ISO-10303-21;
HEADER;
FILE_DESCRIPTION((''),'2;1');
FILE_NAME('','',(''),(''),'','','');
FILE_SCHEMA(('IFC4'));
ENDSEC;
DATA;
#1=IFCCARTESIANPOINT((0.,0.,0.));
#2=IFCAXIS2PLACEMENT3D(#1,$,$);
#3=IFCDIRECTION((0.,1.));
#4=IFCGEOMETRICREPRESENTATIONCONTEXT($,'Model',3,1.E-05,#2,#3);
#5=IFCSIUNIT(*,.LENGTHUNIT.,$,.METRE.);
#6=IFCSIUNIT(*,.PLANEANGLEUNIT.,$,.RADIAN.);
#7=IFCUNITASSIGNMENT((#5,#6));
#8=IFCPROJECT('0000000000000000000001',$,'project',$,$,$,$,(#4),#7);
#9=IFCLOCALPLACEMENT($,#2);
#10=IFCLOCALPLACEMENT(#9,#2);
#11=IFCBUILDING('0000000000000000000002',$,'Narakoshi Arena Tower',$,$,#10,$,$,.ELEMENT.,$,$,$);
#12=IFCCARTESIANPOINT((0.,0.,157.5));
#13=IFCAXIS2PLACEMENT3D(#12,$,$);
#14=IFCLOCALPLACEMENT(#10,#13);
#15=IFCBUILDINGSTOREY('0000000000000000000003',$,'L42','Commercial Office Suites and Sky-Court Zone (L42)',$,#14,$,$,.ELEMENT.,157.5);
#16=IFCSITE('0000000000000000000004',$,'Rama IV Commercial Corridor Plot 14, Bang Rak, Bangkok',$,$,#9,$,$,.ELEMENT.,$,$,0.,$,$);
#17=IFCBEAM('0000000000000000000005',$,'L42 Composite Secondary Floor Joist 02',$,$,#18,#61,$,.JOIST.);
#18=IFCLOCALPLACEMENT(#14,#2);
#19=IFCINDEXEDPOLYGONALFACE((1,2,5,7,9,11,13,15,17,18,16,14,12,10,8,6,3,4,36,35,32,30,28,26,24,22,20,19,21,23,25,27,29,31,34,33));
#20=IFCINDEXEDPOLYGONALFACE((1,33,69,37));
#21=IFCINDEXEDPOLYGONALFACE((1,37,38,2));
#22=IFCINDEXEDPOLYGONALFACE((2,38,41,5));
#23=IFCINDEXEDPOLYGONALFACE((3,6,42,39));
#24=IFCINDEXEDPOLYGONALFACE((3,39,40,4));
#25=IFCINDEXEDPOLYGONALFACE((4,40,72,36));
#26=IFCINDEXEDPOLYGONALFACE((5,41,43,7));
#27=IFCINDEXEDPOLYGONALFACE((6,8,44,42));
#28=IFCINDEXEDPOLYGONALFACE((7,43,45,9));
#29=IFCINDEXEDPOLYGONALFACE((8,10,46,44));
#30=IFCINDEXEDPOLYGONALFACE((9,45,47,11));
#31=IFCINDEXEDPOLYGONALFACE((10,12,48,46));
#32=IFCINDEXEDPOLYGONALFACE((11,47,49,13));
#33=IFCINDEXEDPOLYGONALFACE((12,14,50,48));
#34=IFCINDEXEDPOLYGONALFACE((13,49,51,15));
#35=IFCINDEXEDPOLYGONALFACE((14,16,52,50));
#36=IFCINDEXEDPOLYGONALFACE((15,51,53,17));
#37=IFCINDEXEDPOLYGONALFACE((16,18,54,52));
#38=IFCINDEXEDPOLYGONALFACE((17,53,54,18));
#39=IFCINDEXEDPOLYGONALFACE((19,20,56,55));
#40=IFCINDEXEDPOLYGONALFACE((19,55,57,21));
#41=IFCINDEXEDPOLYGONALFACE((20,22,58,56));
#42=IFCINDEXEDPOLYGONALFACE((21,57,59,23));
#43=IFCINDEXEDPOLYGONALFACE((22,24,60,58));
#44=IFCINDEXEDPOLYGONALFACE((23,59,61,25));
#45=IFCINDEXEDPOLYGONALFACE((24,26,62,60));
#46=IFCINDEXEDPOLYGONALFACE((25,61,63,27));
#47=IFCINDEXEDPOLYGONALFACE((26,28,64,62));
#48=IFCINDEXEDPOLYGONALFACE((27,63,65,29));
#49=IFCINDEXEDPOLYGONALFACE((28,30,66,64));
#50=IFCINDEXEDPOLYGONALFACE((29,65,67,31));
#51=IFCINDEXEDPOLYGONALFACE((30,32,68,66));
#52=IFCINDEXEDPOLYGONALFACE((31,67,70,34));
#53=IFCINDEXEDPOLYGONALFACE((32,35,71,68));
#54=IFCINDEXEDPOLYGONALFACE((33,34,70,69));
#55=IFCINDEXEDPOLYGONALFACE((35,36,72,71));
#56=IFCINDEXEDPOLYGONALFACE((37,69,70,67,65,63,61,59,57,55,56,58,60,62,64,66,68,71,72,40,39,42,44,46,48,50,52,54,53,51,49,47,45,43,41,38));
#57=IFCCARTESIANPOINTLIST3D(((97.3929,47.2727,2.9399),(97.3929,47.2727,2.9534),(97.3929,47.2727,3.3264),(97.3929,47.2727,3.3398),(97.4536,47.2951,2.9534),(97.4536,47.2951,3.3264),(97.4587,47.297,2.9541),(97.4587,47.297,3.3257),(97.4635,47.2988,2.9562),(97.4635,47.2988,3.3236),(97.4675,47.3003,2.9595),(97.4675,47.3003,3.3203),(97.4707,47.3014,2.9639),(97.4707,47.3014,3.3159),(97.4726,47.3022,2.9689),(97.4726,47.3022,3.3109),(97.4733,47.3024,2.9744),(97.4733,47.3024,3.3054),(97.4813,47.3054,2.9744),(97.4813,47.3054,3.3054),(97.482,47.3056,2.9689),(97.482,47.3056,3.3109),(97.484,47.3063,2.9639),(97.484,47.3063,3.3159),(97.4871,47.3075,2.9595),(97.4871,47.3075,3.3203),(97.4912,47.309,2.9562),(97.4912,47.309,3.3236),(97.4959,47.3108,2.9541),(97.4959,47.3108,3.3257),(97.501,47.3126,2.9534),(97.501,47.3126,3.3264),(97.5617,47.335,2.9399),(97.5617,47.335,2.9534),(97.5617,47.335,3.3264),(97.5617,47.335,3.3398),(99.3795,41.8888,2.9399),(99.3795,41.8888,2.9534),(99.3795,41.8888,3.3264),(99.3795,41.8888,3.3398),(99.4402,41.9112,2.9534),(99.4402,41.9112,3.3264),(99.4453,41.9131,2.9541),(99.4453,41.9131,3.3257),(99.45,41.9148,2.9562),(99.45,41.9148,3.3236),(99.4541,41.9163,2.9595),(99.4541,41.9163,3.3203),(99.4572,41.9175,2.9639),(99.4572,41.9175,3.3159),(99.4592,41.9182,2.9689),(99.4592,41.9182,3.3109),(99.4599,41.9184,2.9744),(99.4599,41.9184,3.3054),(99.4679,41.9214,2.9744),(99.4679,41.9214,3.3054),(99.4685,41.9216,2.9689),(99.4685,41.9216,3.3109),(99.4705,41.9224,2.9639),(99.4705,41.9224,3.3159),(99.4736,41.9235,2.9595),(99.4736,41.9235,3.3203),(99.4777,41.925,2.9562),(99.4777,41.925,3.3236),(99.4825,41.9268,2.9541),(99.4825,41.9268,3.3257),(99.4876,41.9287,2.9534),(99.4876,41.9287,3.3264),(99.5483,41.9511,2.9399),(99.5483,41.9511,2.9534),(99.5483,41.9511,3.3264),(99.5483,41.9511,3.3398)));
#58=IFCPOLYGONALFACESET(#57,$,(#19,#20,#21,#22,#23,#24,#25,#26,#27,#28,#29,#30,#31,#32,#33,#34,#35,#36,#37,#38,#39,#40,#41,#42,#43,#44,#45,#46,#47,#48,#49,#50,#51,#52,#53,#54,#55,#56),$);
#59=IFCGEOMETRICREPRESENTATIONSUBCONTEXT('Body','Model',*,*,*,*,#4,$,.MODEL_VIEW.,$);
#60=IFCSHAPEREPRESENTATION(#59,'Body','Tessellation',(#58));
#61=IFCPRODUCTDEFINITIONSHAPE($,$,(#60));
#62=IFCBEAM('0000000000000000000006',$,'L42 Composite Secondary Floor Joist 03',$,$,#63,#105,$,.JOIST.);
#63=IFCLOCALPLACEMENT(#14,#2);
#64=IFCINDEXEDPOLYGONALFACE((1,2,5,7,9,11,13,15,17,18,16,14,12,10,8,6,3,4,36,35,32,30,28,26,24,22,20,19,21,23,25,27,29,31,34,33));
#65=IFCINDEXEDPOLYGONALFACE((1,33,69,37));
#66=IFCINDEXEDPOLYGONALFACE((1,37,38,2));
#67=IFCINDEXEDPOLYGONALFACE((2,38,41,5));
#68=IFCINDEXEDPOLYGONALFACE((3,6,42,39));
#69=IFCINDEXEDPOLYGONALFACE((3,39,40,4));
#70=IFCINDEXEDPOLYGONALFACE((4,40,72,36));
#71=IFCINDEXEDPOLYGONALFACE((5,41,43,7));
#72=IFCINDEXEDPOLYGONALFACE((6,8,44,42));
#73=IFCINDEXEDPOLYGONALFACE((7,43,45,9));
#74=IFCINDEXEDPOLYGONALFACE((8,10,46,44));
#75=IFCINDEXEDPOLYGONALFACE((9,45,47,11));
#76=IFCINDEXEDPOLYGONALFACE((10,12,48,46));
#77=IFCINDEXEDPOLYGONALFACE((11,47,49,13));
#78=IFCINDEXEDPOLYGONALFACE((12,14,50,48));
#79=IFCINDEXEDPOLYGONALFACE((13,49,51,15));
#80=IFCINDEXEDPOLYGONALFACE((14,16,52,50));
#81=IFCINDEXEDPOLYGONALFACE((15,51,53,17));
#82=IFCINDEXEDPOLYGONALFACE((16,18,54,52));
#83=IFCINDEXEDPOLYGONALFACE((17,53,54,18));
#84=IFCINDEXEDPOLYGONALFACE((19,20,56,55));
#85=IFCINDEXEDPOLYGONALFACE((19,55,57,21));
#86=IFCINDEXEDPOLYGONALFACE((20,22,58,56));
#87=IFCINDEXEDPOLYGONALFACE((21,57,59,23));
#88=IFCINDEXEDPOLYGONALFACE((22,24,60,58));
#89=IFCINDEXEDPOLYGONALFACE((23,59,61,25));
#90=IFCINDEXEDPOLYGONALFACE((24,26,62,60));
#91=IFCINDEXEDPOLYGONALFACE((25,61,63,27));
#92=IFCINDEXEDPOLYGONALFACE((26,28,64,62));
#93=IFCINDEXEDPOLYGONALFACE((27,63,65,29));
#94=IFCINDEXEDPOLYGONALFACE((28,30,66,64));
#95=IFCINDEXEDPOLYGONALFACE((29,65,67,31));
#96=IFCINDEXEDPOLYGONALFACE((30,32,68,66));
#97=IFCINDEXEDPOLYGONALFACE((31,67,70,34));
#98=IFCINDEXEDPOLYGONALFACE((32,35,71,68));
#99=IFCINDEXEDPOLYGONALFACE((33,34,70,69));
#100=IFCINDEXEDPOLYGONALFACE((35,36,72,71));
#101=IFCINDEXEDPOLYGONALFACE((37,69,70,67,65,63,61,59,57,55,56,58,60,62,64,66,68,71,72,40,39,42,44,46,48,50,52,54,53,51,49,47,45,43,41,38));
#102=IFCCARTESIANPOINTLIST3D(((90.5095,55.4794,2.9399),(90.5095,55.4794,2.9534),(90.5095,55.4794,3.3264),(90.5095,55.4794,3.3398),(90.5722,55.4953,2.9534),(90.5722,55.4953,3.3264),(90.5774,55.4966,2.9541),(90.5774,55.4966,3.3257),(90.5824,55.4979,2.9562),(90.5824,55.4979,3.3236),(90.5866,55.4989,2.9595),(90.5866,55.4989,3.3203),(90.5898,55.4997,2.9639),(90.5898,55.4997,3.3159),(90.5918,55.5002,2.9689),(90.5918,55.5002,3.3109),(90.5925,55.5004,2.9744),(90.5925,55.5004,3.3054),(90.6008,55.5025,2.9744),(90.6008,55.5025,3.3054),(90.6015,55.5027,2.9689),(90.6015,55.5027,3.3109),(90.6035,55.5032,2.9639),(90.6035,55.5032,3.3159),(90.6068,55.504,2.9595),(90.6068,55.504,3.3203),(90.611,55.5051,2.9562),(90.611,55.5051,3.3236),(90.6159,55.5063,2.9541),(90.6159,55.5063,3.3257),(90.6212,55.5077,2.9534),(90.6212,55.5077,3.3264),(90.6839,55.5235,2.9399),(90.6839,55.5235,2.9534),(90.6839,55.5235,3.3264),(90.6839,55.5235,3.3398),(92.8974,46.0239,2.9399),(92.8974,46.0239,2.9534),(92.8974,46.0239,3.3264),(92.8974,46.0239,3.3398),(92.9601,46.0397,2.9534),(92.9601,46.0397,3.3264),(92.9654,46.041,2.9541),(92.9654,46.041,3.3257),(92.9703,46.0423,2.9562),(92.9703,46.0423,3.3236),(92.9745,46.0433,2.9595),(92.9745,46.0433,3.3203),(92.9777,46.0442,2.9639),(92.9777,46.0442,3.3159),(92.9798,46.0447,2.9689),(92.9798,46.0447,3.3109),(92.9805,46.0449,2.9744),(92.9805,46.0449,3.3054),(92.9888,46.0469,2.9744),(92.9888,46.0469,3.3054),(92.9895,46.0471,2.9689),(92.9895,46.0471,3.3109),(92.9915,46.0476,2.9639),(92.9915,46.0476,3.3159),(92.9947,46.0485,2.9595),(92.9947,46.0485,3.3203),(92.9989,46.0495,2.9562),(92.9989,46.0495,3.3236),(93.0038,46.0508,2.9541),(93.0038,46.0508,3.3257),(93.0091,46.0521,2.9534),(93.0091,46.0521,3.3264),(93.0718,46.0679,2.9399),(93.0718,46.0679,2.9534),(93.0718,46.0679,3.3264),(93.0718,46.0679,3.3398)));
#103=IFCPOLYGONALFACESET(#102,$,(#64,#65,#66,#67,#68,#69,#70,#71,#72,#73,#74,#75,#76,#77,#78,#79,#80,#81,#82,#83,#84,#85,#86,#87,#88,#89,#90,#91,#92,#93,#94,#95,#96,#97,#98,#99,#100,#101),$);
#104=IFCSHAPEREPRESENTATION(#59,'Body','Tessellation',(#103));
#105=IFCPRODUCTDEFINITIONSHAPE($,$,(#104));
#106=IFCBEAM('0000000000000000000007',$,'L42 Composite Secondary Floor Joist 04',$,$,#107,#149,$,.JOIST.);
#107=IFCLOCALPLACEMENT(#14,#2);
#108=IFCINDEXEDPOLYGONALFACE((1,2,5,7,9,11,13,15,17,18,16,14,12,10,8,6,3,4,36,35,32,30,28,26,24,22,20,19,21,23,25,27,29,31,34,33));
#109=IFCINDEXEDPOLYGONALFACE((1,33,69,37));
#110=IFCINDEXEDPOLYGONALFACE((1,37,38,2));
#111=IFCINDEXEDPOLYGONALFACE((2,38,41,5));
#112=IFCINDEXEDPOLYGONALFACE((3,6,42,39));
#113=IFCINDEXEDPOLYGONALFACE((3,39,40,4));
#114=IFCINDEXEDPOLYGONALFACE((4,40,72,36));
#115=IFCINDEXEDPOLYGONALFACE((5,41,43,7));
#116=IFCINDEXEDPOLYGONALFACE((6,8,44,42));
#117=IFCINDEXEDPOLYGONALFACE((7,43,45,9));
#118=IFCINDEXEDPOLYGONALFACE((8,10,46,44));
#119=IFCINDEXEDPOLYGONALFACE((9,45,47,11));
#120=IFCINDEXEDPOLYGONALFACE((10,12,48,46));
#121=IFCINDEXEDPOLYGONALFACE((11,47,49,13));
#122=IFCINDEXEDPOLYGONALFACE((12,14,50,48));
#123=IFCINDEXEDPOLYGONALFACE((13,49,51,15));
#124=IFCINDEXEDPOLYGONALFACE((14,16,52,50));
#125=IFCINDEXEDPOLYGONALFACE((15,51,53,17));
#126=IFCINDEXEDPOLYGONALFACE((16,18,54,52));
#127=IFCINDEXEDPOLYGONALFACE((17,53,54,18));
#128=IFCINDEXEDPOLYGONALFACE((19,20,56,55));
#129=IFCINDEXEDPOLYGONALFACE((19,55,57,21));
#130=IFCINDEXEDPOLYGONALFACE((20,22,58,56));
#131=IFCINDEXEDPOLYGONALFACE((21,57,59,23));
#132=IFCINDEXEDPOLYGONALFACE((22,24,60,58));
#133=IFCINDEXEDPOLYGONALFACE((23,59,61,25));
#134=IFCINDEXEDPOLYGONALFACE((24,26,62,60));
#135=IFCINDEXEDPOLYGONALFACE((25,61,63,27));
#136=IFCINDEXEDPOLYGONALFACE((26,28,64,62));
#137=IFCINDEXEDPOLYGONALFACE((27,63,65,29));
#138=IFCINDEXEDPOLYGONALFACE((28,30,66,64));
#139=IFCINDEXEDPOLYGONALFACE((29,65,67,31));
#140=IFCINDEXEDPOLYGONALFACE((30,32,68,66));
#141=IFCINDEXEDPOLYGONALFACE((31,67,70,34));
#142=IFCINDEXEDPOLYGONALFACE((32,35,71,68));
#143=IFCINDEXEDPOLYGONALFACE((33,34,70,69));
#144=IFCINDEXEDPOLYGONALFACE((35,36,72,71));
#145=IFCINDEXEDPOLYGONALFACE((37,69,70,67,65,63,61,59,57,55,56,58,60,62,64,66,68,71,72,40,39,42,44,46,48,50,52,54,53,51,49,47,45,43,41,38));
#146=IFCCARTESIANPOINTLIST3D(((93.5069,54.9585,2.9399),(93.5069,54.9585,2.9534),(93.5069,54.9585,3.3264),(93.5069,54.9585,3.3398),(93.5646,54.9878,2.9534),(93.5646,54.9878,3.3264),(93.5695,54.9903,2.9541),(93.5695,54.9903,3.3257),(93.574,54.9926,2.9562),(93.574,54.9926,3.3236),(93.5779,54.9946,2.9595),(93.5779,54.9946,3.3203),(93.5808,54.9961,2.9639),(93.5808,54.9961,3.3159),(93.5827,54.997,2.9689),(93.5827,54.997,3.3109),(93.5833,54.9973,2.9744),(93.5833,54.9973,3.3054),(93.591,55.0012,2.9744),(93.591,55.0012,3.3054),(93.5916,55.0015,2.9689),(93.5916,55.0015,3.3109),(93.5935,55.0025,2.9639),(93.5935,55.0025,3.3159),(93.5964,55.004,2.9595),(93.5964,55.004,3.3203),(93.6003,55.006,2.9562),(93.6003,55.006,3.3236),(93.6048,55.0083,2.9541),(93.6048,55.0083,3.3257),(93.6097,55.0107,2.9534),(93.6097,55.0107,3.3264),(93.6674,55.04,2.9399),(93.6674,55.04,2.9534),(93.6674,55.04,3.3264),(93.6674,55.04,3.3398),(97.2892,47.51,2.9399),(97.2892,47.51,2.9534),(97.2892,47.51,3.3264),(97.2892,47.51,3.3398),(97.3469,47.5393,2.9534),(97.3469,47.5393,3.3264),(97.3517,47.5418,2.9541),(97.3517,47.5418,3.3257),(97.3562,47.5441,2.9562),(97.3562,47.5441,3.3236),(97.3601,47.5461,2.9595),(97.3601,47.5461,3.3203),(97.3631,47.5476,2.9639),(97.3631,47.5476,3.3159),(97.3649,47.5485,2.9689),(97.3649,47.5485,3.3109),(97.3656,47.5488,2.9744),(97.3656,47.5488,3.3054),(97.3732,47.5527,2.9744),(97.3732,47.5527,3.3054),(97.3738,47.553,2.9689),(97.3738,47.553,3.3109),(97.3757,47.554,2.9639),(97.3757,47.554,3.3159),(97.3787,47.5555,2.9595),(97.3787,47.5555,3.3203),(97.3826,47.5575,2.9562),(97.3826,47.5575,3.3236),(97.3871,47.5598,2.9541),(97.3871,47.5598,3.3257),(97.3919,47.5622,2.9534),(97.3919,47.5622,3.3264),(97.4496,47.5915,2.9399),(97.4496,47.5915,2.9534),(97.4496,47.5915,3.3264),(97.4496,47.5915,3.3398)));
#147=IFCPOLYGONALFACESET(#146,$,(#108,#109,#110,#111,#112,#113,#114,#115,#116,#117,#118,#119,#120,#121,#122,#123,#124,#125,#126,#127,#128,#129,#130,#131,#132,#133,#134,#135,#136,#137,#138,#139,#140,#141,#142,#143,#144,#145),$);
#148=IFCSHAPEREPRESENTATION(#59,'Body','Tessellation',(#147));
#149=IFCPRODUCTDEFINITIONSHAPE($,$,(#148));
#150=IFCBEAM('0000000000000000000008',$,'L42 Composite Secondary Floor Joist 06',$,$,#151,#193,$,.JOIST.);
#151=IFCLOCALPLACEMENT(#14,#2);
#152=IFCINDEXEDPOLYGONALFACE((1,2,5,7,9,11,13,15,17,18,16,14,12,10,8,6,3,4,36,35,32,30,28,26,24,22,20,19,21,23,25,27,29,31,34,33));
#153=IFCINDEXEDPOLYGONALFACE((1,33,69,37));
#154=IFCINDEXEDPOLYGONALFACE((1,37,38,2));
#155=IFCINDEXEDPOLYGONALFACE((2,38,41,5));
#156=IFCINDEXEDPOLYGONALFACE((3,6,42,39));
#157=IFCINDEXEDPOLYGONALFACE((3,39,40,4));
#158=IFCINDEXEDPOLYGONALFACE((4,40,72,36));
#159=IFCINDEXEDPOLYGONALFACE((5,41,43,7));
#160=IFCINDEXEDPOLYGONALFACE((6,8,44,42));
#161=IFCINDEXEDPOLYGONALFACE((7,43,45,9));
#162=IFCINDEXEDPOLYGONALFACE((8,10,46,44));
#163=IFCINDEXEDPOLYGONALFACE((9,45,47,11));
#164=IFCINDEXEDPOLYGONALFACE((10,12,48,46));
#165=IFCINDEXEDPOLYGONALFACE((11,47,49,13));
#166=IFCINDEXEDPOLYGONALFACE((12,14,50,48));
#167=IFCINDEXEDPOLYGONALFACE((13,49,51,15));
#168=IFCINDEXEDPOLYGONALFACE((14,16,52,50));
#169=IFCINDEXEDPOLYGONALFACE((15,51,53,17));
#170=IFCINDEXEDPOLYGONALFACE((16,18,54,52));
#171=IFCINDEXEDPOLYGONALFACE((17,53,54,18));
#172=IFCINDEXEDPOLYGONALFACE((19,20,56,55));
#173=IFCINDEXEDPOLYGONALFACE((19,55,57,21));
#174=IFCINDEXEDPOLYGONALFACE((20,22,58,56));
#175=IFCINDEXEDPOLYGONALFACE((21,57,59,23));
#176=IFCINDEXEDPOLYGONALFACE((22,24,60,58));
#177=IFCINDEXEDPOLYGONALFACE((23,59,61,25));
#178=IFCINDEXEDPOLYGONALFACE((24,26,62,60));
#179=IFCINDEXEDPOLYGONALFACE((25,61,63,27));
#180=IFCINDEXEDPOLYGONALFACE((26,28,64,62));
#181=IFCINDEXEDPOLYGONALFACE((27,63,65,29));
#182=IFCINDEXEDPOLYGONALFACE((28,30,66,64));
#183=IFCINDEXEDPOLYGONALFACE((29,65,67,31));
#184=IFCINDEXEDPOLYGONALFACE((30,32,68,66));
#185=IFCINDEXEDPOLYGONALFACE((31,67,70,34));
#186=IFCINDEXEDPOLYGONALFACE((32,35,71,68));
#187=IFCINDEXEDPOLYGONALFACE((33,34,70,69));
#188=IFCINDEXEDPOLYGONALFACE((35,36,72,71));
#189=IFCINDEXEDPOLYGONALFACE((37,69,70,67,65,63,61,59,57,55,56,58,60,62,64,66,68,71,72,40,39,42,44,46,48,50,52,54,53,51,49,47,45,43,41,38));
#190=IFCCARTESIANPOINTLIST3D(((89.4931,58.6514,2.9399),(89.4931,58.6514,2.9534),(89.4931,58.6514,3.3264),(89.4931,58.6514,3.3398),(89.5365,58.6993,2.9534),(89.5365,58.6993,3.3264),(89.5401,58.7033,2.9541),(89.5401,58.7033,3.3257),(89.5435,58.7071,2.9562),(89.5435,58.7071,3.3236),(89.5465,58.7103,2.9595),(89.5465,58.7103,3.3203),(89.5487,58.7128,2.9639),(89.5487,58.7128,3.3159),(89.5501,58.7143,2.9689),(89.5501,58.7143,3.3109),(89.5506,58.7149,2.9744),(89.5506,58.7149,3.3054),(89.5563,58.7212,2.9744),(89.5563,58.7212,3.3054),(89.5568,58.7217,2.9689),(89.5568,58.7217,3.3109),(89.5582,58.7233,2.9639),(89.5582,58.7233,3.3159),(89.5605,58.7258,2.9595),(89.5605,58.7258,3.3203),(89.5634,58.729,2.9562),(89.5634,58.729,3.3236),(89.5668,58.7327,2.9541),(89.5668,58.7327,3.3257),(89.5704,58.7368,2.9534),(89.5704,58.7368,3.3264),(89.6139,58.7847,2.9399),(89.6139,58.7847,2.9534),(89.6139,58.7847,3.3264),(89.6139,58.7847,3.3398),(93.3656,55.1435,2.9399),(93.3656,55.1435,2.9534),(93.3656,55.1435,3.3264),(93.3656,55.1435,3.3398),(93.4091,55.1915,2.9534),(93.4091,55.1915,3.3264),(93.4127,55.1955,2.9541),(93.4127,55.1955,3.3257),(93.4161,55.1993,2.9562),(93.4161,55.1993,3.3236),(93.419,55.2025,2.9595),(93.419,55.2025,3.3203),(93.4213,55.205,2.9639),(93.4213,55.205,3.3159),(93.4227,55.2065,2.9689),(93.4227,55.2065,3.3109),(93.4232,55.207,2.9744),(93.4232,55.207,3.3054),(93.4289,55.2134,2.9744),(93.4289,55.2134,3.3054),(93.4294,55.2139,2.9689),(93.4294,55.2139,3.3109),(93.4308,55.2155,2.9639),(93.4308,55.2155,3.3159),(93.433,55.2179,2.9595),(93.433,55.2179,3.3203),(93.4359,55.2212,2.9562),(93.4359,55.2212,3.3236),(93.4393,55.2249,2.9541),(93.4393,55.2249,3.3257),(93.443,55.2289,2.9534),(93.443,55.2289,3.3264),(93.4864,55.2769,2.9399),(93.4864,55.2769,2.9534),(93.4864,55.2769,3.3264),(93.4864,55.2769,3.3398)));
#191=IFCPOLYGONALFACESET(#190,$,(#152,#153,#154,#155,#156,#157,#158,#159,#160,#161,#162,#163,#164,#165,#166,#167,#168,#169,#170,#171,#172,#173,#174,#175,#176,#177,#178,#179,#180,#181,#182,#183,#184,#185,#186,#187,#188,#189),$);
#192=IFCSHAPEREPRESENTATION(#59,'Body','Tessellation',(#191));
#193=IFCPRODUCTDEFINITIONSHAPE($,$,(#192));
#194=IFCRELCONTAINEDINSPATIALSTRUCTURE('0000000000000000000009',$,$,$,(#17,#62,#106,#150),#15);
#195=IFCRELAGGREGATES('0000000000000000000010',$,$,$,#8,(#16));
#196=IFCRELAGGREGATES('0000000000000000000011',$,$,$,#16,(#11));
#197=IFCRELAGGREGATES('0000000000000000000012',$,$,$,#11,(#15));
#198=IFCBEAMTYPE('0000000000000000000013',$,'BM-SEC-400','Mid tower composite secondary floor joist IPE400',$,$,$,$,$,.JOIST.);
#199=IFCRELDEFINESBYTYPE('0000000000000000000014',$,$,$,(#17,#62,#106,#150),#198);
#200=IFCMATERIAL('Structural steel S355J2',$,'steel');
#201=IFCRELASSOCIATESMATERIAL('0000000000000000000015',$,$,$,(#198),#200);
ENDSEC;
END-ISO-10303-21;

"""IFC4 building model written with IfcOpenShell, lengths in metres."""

from ifc_helpers import new_model, si_unit, direction, frame, origin, origin_2d, place, context, subcontext, project, spatial, i_section, extrude, material, material_profile, profile_set, type_object, element, save


model = new_model("IFC4")

# Units and contexts
model_context = context("Model", 3, precision=1e-05, world=origin(), true_north=direction((0.0, 1.0)))
body_context = subcontext(model_context, "Body", "Model", "MODEL_VIEW")
ifc_project = project(units=[si_unit("LENGTHUNIT", "METRE"), si_unit("PLANEANGLEUNIT", "RADIAN")], contexts=[model_context])

# Site, building, storey
site_placement = place(None, origin())
site = spatial("IfcSite", under=ifc_project, at=site_placement, Name="Rama IV Commercial Corridor Plot 14, Bang Rak, Bangkok", CompositionType="ELEMENT", RefElevation=0.0)
building_placement = place(site_placement, origin())
building = spatial("IfcBuilding", under=site, at=building_placement, Name="Narakoshi Arena Tower", CompositionType="ELEMENT")
storey_placement = place(building_placement, frame((0.0, 0.0, 157.5)))
storey = spatial("IfcBuildingStorey", under=building, at=storey_placement, Name="L42", Description="Commercial Office Suites and Sky-Court Zone (L42)", CompositionType="ELEMENT", Elevation=157.5)

# Beams
ifc_material_1 = material(Name="Structural steel S355J2", Category="steel")
ifc_material_profile_1 = material_profile(ifc_material_1, i_section(OverallWidth=0.1799, OverallDepth=0.3999, WebThickness=0.0085, FlangeThickness=0.0134, FilletRadius=0.021, at=origin_2d()), Name="IPE400")
ifc_profile_set_1 = profile_set([ifc_material_profile_1], Name="Structural steel S355J2")
beam_type_1 = type_object("IfcBeamType", Name="BM-SEC-400", Description="Mid tower composite secondary floor joist IPE400", PredefinedType="JOIST", material=ifc_profile_set_1)
beam_1_placement = place(storey_placement, frame((99.4639, 41.9199, 3.1399), z_axis=(-0.346163, 0.938174, 0.0), x_axis=(-0.938174, -0.346163, 0.0)))
element("IfcBeam", 1, at=beam_1_placement, inside=storey, type_object=beam_type_1, Name="L42 Composite Secondary Floor Joist 02", PredefinedType="JOIST", context=body_context, shape_type="SweptSolid", body=[
    extrude(i_section(OverallWidth=0.1799, OverallDepth=0.3999, WebThickness=0.0085, FlangeThickness=0.0134, FilletRadius=0.021, at=origin_2d()), origin(), (0.0, 0.0, 1.0), 5.7388),
])
beam_2_placement = place(storey_placement, frame((92.9846, 46.0459, 3.1399), z_axis=(-0.244856, 0.96956, 0.0), x_axis=(-0.96956, -0.244856, 0.0)))
element("IfcBeam", 2, at=beam_2_placement, inside=storey, type_object=beam_type_1, Name="L42 Composite Secondary Floor Joist 03", PredefinedType="JOIST", context=body_context, shape_type="SweptSolid", body=[
    extrude(i_section(OverallWidth=0.1799, OverallDepth=0.3999, WebThickness=0.0085, FlangeThickness=0.0134, FilletRadius=0.021, at=origin_2d()), origin(), (0.0, 0.0, 1.0), 9.7524),
])
beam_3_placement = place(storey_placement, frame((97.3694, 47.5508, 3.1399), z_axis=(-0.452758, 0.891634, 0.0), x_axis=(-0.891634, -0.452758, 0.0)))
element("IfcBeam", 3, at=beam_3_placement, inside=storey, type_object=beam_type_1, Name="L42 Composite Secondary Floor Joist 04", PredefinedType="JOIST", context=body_context, shape_type="SweptSolid", body=[
    extrude(i_section(OverallWidth=0.1799, OverallDepth=0.3999, WebThickness=0.0085, FlangeThickness=0.0134, FilletRadius=0.021, at=origin_2d()), origin(), (0.0, 0.0, 1.0), 8.3538),
])
beam_4_placement = place(storey_placement, frame((93.426, 55.2102, 3.1399), z_axis=(-0.741148, 0.671341, 0.0), x_axis=(-0.671341, -0.741148, 0.0)))
element("IfcBeam", 4, at=beam_4_placement, inside=storey, type_object=beam_type_1, Name="L42 Composite Secondary Floor Joist 06", PredefinedType="JOIST", context=body_context, shape_type="SweptSolid", body=[
    extrude(i_section(OverallWidth=0.1799, OverallDepth=0.3999, WebThickness=0.0085, FlangeThickness=0.0134, FilletRadius=0.021, at=origin_2d()), origin(), (0.0, 0.0, 1.0), 5.2251),
])

save(model, "model.ifc")
